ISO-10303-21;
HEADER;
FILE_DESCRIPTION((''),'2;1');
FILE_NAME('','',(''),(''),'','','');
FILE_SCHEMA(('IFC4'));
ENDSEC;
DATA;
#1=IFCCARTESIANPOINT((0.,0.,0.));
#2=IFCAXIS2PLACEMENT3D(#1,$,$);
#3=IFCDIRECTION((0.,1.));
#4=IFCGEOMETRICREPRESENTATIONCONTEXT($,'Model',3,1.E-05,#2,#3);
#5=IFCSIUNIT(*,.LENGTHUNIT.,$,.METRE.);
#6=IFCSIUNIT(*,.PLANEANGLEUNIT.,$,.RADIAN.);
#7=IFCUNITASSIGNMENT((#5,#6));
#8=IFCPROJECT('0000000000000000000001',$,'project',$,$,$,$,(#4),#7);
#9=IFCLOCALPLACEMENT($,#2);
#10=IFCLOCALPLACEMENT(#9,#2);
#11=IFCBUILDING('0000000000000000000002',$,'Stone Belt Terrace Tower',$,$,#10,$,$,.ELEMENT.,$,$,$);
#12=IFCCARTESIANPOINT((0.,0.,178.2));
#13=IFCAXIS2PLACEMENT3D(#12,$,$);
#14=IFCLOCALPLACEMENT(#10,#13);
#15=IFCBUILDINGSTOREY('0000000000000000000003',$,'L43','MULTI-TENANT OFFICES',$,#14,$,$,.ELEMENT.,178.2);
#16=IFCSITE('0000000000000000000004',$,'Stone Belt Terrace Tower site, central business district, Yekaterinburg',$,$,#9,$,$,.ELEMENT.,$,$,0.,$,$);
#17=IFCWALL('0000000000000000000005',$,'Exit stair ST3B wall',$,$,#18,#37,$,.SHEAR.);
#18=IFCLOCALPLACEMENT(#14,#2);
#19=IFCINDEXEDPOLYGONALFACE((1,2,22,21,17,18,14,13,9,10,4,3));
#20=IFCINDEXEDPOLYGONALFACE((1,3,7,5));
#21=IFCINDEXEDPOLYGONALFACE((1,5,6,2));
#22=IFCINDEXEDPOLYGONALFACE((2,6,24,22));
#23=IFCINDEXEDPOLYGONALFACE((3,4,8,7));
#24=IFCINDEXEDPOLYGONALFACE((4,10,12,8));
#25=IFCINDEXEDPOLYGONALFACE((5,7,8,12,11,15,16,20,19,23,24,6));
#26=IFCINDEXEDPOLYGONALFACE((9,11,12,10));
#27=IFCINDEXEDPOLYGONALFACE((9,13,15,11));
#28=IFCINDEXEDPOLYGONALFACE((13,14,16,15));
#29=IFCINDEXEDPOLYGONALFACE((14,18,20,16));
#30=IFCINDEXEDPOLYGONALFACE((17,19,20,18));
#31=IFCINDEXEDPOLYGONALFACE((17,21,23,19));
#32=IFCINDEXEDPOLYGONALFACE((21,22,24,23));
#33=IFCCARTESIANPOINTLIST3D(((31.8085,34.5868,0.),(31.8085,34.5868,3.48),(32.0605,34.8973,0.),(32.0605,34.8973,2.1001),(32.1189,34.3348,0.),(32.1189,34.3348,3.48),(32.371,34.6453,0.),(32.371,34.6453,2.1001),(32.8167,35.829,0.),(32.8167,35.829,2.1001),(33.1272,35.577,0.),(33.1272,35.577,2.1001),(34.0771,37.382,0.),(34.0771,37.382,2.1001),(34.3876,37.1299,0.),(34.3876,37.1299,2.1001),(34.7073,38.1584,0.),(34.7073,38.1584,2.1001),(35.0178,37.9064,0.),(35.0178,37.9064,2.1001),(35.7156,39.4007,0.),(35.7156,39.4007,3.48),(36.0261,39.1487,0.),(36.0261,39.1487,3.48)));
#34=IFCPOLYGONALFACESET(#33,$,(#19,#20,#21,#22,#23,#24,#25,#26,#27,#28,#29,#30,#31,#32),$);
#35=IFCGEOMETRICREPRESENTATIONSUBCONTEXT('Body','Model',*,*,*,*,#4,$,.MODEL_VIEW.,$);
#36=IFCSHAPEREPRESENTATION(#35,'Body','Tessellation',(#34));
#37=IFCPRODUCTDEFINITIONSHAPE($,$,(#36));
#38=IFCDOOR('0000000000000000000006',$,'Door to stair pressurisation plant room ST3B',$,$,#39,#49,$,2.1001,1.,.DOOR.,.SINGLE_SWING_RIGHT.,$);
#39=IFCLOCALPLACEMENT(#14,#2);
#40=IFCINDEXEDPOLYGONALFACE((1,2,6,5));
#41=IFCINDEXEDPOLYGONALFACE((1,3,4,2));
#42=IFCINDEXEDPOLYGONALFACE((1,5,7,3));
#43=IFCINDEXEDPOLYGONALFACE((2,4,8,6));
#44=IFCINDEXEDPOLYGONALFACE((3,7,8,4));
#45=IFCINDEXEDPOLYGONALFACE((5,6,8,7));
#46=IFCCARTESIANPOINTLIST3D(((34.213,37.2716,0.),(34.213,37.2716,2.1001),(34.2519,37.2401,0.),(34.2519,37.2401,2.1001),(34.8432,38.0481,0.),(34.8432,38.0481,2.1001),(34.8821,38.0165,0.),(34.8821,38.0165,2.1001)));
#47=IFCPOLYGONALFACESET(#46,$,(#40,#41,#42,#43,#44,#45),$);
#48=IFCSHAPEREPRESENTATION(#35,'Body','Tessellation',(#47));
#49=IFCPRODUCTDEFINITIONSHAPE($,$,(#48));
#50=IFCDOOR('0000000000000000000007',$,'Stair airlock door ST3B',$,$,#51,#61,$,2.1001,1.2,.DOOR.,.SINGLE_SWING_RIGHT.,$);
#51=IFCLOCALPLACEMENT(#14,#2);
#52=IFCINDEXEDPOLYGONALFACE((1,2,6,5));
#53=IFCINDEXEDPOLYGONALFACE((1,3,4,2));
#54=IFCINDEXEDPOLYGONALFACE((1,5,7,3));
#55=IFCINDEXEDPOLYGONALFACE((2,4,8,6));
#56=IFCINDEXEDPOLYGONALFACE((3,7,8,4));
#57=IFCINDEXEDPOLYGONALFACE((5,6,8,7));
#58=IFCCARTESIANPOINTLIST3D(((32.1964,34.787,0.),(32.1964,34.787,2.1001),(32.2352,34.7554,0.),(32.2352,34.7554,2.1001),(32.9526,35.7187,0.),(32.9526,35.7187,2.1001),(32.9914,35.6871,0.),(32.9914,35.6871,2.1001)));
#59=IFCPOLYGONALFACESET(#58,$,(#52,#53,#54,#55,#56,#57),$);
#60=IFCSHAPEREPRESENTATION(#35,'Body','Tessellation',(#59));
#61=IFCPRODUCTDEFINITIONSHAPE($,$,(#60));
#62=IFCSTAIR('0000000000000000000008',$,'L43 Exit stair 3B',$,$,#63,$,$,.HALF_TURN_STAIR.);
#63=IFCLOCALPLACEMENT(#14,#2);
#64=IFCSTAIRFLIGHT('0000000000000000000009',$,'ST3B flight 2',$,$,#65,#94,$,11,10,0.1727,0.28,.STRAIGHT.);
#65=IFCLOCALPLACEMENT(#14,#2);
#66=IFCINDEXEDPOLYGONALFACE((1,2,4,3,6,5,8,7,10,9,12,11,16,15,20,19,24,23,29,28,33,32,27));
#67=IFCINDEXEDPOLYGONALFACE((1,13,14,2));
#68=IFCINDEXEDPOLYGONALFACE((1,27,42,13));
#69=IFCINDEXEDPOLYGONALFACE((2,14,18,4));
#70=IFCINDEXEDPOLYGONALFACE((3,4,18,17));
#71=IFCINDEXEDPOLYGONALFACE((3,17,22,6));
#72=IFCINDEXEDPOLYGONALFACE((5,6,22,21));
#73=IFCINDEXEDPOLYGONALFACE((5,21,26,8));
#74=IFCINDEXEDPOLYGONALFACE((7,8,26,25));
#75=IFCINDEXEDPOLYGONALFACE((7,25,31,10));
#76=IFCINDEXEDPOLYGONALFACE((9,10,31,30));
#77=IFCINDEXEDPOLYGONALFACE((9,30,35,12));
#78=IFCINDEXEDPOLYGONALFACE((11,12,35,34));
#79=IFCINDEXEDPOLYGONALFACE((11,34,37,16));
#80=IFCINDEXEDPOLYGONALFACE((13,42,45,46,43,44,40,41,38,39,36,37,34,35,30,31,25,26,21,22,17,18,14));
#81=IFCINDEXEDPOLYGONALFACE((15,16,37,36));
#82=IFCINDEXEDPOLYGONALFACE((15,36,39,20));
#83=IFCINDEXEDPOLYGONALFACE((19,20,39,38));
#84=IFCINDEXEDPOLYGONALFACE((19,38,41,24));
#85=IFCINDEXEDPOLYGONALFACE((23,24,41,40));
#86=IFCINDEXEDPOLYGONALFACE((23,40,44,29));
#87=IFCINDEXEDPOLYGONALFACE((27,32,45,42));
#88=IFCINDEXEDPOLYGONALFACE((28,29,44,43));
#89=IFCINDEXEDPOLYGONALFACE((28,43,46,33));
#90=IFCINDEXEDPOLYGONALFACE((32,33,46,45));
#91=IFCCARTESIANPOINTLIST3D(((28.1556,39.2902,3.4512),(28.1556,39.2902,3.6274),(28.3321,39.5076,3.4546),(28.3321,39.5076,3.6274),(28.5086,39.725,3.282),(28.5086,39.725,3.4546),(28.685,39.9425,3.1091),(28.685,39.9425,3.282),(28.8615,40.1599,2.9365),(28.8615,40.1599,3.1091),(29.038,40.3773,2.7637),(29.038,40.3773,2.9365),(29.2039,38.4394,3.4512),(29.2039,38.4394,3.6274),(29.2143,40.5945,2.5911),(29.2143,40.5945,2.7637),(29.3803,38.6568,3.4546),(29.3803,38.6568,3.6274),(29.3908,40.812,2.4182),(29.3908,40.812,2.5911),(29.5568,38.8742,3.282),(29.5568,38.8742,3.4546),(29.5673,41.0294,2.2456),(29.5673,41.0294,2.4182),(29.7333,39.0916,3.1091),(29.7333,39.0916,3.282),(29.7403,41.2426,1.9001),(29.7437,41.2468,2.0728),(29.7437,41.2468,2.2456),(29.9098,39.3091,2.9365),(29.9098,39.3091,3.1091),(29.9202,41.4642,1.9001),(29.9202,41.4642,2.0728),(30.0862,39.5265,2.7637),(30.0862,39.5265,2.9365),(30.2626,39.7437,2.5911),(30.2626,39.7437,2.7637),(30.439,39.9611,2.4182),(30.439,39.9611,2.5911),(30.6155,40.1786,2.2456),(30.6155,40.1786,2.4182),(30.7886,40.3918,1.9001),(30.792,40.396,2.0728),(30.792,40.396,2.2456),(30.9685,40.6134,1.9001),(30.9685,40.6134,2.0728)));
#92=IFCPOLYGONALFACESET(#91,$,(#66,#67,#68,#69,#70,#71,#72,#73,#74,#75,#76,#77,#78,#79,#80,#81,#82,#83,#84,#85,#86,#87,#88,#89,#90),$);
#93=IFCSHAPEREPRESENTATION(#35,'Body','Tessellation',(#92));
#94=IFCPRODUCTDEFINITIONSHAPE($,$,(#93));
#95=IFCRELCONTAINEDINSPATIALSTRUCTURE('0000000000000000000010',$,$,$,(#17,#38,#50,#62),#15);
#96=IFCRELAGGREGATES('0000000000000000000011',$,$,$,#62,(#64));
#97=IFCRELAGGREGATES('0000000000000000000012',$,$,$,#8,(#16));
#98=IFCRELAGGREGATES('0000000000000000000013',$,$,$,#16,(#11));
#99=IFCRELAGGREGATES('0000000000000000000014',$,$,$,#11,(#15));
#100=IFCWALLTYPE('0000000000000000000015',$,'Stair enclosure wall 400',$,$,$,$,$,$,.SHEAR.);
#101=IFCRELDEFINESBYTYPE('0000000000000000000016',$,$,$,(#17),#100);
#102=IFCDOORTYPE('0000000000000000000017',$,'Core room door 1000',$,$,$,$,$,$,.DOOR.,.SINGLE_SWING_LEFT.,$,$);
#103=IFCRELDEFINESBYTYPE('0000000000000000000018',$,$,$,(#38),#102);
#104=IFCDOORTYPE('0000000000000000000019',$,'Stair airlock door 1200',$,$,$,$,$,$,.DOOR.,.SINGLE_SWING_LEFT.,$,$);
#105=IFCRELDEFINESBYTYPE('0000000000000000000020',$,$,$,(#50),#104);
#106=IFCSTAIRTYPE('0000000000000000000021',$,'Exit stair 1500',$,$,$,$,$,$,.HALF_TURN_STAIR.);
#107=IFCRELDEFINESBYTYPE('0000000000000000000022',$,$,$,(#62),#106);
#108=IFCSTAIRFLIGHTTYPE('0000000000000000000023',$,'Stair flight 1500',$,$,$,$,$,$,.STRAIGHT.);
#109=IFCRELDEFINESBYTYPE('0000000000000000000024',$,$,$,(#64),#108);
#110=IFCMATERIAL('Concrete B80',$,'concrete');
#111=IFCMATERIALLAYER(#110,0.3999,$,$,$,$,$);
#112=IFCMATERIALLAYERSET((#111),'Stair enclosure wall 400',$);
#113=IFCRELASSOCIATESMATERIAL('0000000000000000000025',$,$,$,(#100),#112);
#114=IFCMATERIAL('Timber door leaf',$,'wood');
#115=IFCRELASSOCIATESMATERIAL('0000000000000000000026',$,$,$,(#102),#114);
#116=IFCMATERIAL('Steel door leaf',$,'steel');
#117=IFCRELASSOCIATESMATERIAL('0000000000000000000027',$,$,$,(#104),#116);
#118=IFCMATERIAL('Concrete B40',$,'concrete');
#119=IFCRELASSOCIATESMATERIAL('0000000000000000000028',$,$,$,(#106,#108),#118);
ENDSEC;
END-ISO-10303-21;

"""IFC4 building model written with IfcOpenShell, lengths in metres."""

from ifc_helpers import new_model, si_unit, direction, frame, frame_2d, origin, place, context, subcontext, project, spatial, polyline, rectangle, outline, extrude, material, layer, layer_set, type_object, element, fill, aggregate, save


model = new_model("IFC4")

# Units and contexts
model_context = context("Model", 3, precision=1e-05, world=origin(), true_north=direction((0.0, 1.0)))
body_context = subcontext(model_context, "Body", "Model", "MODEL_VIEW")
ifc_project = project(units=[si_unit("LENGTHUNIT", "METRE"), si_unit("PLANEANGLEUNIT", "RADIAN")], contexts=[model_context])

# Site, building, storey
site_placement = place(None, origin())
site = spatial("IfcSite", under=ifc_project, at=site_placement, Name="Stone Belt Terrace Tower site, central business district, Yekaterinburg", CompositionType="ELEMENT", RefElevation=0.0)
building_placement = place(site_placement, origin())
building = spatial("IfcBuilding", under=site, at=building_placement, Name="Stone Belt Terrace Tower", CompositionType="ELEMENT")
storey_placement = place(building_placement, frame((0.0, 0.0, 178.2)))
storey = spatial("IfcBuildingStorey", under=building, at=storey_placement, Name="L43", Description="MULTI-TENANT OFFICES", CompositionType="ELEMENT", Elevation=178.2)

# Shared definitions
ifc_material_1 = material(Name="Concrete B80", Category="concrete")

# Wall, openings, doors
ifc_layer_1 = layer(ifc_material_1, 0.3999)
ifc_layer_set_1 = layer_set([ifc_layer_1], Name="Stair enclosure wall 400")
wall_type_1 = type_object("IfcWallType", Name="Stair enclosure wall 400", PredefinedType="SHEAR", material=ifc_layer_set_1)
wall_1_placement = place(storey_placement, frame((31.9636, 34.4607, 0.0), z_axis=(0.0, 0.0, 1.0), x_axis=(0.630192, 0.776439, 0.0)))
wall_1 = element("IfcWall", 1, at=wall_1_placement, inside=storey, type_object=wall_type_1, Name="Exit stair ST3B wall", PredefinedType="SHEAR", context=body_context, shape_type="SweptSolid", body=[
    extrude(rectangle(XDim=6.2, YDim=0.3999, at=frame_2d((3.1001, 0.0))), origin(), (0.0, 0.0, 1.0), 3.48),
])
opening_1_placement = place(wall_1_placement, frame((0.3999, 0.0, 0.0)))
opening_1 = element("IfcOpeningElement", 2, at=opening_1_placement, cuts=wall_1, PredefinedType="OPENING", context=body_context, shape_type="SweptSolid", body=[
    extrude(rectangle(XDim=1.2, YDim=2.1001, at=frame_2d((0.6001, 1.05))), frame((0.0, 0.21, 0.0), z_axis=(0.0, -1.0, 0.0), x_axis=(1.0, 0.0, 0.0)), (0.0, 0.0, 1.0), 0.4199),
])
opening_2_placement = place(wall_1_placement, frame((3.6001, 0.0, 0.0)))
opening_2 = element("IfcOpeningElement", 3, at=opening_2_placement, cuts=wall_1, PredefinedType="OPENING", context=body_context, shape_type="SweptSolid", body=[
    extrude(rectangle(XDim=1.0, YDim=2.1001, at=frame_2d((0.5, 1.05))), frame((0.0, 0.21, 0.0), z_axis=(0.0, -1.0, 0.0), x_axis=(1.0, 0.0, 0.0)), (0.0, 0.0, 1.0), 0.4199),
])
ifc_material_2 = material(Name="Timber door leaf", Category="wood")
door_type_1 = type_object("IfcDoorType", Name="Core room door 1000", OperationType="SINGLE_SWING_LEFT", PredefinedType="DOOR", material=ifc_material_2)
door_1_placement = place(opening_2_placement, origin())
door_1 = element("IfcDoor", 4, at=door_1_placement, inside=storey, type_object=door_type_1, Name="Door to stair pressurisation plant room ST3B", OperationType="SINGLE_SWING_RIGHT", OverallHeight=2.1001, OverallWidth=1.0, PredefinedType="DOOR", context=body_context, shape_type="SweptSolid", body=[
    extrude(rectangle(XDim=1.0, YDim=2.1001, at=frame_2d((0.5, 1.05))), frame((0.0, 0.0249, 0.0), z_axis=(0.0, -1.0, 0.0), x_axis=(1.0, 0.0, 0.0)), (0.0, 0.0, 1.0), 0.05),
])
fill(opening_2, door_1)
ifc_material_3 = material(Name="Steel door leaf", Category="steel")
door_type_2 = type_object("IfcDoorType", Name="Stair airlock door 1200", OperationType="SINGLE_SWING_LEFT", PredefinedType="DOOR", material=ifc_material_3)
door_2_placement = place(opening_1_placement, origin())
door_2 = element("IfcDoor", 5, at=door_2_placement, inside=storey, type_object=door_type_2, Name="Stair airlock door ST3B", OperationType="SINGLE_SWING_RIGHT", OverallHeight=2.1001, OverallWidth=1.2, PredefinedType="DOOR", context=body_context, shape_type="SweptSolid", body=[
    extrude(rectangle(XDim=1.2, YDim=2.1001, at=frame_2d((0.6001, 1.05))), frame((0.0, 0.0249, 0.0), z_axis=(0.0, -1.0, 0.0), x_axis=(1.0, 0.0, 0.0)), (0.0, 0.0, 1.0), 0.05),
])
fill(opening_1, door_2)

# Stair, stair flight
ifc_material_4 = material(Name="Concrete B40", Category="concrete")
stair_type = type_object("IfcStairType", Name="Exit stair 1500", PredefinedType="HALF_TURN_STAIR", material=ifc_material_4)
stair_placement = place(storey_placement, origin())
stair = element("IfcStair", 6, at=stair_placement, inside=storey, type_object=stair_type, Name="L43 Exit stair 3B", PredefinedType="HALF_TURN_STAIR")
stair_flight_type = type_object("IfcStairFlightType", Name="Stair flight 1500", PredefinedType="STRAIGHT", material=ifc_material_4)
stair_flight_placement = place(storey_placement, frame((30.4443, 41.0388, 1.9001), z_axis=(0.0, 0.0, 1.0), x_axis=(-0.630206, -0.776428, 0.0)))
stair_flight = element("IfcStairFlight", 7, at=stair_flight_placement, type_object=stair_flight_type, Name="ST3B flight 2", NumberOfRisers=11, NumberOfTreads=10, PredefinedType="STRAIGHT", RiserHeight=0.1727, TreadLength=0.28, context=body_context, shape_type="SweptSolid", body=[
    extrude(outline(polyline([(0.0, 0.0), (0.0, 0.1726), (0.28, 0.1726), (0.28, 0.3455), (0.5601, 0.3455), (0.5601, 0.5181), (0.8401, 0.5181), (0.8401, 0.6909), (1.1201, 0.6909), (1.1201, 0.8635), (1.3999, 0.8635), (1.3999, 1.0364), (1.6799, 1.0364), (1.6799, 1.209), (1.96, 1.209), (1.96, 1.3818), (2.24, 1.3818), (2.24, 1.5544), (2.52, 1.5544), (2.52, 1.7273), (2.8, 1.7273), (2.8, 1.8999), (2.8, 1.551), (0.2854, 0.0), (0.0, 0.0)])), frame((0.0, 0.675, 0.0), z_axis=(0.0, -1.0, 0.0), x_axis=(1.0, 0.0, 0.0)), (0.0, 0.0, 1.0), 1.3501),
])
aggregate(stair, [stair_flight])

save(model, "model.ifc")
